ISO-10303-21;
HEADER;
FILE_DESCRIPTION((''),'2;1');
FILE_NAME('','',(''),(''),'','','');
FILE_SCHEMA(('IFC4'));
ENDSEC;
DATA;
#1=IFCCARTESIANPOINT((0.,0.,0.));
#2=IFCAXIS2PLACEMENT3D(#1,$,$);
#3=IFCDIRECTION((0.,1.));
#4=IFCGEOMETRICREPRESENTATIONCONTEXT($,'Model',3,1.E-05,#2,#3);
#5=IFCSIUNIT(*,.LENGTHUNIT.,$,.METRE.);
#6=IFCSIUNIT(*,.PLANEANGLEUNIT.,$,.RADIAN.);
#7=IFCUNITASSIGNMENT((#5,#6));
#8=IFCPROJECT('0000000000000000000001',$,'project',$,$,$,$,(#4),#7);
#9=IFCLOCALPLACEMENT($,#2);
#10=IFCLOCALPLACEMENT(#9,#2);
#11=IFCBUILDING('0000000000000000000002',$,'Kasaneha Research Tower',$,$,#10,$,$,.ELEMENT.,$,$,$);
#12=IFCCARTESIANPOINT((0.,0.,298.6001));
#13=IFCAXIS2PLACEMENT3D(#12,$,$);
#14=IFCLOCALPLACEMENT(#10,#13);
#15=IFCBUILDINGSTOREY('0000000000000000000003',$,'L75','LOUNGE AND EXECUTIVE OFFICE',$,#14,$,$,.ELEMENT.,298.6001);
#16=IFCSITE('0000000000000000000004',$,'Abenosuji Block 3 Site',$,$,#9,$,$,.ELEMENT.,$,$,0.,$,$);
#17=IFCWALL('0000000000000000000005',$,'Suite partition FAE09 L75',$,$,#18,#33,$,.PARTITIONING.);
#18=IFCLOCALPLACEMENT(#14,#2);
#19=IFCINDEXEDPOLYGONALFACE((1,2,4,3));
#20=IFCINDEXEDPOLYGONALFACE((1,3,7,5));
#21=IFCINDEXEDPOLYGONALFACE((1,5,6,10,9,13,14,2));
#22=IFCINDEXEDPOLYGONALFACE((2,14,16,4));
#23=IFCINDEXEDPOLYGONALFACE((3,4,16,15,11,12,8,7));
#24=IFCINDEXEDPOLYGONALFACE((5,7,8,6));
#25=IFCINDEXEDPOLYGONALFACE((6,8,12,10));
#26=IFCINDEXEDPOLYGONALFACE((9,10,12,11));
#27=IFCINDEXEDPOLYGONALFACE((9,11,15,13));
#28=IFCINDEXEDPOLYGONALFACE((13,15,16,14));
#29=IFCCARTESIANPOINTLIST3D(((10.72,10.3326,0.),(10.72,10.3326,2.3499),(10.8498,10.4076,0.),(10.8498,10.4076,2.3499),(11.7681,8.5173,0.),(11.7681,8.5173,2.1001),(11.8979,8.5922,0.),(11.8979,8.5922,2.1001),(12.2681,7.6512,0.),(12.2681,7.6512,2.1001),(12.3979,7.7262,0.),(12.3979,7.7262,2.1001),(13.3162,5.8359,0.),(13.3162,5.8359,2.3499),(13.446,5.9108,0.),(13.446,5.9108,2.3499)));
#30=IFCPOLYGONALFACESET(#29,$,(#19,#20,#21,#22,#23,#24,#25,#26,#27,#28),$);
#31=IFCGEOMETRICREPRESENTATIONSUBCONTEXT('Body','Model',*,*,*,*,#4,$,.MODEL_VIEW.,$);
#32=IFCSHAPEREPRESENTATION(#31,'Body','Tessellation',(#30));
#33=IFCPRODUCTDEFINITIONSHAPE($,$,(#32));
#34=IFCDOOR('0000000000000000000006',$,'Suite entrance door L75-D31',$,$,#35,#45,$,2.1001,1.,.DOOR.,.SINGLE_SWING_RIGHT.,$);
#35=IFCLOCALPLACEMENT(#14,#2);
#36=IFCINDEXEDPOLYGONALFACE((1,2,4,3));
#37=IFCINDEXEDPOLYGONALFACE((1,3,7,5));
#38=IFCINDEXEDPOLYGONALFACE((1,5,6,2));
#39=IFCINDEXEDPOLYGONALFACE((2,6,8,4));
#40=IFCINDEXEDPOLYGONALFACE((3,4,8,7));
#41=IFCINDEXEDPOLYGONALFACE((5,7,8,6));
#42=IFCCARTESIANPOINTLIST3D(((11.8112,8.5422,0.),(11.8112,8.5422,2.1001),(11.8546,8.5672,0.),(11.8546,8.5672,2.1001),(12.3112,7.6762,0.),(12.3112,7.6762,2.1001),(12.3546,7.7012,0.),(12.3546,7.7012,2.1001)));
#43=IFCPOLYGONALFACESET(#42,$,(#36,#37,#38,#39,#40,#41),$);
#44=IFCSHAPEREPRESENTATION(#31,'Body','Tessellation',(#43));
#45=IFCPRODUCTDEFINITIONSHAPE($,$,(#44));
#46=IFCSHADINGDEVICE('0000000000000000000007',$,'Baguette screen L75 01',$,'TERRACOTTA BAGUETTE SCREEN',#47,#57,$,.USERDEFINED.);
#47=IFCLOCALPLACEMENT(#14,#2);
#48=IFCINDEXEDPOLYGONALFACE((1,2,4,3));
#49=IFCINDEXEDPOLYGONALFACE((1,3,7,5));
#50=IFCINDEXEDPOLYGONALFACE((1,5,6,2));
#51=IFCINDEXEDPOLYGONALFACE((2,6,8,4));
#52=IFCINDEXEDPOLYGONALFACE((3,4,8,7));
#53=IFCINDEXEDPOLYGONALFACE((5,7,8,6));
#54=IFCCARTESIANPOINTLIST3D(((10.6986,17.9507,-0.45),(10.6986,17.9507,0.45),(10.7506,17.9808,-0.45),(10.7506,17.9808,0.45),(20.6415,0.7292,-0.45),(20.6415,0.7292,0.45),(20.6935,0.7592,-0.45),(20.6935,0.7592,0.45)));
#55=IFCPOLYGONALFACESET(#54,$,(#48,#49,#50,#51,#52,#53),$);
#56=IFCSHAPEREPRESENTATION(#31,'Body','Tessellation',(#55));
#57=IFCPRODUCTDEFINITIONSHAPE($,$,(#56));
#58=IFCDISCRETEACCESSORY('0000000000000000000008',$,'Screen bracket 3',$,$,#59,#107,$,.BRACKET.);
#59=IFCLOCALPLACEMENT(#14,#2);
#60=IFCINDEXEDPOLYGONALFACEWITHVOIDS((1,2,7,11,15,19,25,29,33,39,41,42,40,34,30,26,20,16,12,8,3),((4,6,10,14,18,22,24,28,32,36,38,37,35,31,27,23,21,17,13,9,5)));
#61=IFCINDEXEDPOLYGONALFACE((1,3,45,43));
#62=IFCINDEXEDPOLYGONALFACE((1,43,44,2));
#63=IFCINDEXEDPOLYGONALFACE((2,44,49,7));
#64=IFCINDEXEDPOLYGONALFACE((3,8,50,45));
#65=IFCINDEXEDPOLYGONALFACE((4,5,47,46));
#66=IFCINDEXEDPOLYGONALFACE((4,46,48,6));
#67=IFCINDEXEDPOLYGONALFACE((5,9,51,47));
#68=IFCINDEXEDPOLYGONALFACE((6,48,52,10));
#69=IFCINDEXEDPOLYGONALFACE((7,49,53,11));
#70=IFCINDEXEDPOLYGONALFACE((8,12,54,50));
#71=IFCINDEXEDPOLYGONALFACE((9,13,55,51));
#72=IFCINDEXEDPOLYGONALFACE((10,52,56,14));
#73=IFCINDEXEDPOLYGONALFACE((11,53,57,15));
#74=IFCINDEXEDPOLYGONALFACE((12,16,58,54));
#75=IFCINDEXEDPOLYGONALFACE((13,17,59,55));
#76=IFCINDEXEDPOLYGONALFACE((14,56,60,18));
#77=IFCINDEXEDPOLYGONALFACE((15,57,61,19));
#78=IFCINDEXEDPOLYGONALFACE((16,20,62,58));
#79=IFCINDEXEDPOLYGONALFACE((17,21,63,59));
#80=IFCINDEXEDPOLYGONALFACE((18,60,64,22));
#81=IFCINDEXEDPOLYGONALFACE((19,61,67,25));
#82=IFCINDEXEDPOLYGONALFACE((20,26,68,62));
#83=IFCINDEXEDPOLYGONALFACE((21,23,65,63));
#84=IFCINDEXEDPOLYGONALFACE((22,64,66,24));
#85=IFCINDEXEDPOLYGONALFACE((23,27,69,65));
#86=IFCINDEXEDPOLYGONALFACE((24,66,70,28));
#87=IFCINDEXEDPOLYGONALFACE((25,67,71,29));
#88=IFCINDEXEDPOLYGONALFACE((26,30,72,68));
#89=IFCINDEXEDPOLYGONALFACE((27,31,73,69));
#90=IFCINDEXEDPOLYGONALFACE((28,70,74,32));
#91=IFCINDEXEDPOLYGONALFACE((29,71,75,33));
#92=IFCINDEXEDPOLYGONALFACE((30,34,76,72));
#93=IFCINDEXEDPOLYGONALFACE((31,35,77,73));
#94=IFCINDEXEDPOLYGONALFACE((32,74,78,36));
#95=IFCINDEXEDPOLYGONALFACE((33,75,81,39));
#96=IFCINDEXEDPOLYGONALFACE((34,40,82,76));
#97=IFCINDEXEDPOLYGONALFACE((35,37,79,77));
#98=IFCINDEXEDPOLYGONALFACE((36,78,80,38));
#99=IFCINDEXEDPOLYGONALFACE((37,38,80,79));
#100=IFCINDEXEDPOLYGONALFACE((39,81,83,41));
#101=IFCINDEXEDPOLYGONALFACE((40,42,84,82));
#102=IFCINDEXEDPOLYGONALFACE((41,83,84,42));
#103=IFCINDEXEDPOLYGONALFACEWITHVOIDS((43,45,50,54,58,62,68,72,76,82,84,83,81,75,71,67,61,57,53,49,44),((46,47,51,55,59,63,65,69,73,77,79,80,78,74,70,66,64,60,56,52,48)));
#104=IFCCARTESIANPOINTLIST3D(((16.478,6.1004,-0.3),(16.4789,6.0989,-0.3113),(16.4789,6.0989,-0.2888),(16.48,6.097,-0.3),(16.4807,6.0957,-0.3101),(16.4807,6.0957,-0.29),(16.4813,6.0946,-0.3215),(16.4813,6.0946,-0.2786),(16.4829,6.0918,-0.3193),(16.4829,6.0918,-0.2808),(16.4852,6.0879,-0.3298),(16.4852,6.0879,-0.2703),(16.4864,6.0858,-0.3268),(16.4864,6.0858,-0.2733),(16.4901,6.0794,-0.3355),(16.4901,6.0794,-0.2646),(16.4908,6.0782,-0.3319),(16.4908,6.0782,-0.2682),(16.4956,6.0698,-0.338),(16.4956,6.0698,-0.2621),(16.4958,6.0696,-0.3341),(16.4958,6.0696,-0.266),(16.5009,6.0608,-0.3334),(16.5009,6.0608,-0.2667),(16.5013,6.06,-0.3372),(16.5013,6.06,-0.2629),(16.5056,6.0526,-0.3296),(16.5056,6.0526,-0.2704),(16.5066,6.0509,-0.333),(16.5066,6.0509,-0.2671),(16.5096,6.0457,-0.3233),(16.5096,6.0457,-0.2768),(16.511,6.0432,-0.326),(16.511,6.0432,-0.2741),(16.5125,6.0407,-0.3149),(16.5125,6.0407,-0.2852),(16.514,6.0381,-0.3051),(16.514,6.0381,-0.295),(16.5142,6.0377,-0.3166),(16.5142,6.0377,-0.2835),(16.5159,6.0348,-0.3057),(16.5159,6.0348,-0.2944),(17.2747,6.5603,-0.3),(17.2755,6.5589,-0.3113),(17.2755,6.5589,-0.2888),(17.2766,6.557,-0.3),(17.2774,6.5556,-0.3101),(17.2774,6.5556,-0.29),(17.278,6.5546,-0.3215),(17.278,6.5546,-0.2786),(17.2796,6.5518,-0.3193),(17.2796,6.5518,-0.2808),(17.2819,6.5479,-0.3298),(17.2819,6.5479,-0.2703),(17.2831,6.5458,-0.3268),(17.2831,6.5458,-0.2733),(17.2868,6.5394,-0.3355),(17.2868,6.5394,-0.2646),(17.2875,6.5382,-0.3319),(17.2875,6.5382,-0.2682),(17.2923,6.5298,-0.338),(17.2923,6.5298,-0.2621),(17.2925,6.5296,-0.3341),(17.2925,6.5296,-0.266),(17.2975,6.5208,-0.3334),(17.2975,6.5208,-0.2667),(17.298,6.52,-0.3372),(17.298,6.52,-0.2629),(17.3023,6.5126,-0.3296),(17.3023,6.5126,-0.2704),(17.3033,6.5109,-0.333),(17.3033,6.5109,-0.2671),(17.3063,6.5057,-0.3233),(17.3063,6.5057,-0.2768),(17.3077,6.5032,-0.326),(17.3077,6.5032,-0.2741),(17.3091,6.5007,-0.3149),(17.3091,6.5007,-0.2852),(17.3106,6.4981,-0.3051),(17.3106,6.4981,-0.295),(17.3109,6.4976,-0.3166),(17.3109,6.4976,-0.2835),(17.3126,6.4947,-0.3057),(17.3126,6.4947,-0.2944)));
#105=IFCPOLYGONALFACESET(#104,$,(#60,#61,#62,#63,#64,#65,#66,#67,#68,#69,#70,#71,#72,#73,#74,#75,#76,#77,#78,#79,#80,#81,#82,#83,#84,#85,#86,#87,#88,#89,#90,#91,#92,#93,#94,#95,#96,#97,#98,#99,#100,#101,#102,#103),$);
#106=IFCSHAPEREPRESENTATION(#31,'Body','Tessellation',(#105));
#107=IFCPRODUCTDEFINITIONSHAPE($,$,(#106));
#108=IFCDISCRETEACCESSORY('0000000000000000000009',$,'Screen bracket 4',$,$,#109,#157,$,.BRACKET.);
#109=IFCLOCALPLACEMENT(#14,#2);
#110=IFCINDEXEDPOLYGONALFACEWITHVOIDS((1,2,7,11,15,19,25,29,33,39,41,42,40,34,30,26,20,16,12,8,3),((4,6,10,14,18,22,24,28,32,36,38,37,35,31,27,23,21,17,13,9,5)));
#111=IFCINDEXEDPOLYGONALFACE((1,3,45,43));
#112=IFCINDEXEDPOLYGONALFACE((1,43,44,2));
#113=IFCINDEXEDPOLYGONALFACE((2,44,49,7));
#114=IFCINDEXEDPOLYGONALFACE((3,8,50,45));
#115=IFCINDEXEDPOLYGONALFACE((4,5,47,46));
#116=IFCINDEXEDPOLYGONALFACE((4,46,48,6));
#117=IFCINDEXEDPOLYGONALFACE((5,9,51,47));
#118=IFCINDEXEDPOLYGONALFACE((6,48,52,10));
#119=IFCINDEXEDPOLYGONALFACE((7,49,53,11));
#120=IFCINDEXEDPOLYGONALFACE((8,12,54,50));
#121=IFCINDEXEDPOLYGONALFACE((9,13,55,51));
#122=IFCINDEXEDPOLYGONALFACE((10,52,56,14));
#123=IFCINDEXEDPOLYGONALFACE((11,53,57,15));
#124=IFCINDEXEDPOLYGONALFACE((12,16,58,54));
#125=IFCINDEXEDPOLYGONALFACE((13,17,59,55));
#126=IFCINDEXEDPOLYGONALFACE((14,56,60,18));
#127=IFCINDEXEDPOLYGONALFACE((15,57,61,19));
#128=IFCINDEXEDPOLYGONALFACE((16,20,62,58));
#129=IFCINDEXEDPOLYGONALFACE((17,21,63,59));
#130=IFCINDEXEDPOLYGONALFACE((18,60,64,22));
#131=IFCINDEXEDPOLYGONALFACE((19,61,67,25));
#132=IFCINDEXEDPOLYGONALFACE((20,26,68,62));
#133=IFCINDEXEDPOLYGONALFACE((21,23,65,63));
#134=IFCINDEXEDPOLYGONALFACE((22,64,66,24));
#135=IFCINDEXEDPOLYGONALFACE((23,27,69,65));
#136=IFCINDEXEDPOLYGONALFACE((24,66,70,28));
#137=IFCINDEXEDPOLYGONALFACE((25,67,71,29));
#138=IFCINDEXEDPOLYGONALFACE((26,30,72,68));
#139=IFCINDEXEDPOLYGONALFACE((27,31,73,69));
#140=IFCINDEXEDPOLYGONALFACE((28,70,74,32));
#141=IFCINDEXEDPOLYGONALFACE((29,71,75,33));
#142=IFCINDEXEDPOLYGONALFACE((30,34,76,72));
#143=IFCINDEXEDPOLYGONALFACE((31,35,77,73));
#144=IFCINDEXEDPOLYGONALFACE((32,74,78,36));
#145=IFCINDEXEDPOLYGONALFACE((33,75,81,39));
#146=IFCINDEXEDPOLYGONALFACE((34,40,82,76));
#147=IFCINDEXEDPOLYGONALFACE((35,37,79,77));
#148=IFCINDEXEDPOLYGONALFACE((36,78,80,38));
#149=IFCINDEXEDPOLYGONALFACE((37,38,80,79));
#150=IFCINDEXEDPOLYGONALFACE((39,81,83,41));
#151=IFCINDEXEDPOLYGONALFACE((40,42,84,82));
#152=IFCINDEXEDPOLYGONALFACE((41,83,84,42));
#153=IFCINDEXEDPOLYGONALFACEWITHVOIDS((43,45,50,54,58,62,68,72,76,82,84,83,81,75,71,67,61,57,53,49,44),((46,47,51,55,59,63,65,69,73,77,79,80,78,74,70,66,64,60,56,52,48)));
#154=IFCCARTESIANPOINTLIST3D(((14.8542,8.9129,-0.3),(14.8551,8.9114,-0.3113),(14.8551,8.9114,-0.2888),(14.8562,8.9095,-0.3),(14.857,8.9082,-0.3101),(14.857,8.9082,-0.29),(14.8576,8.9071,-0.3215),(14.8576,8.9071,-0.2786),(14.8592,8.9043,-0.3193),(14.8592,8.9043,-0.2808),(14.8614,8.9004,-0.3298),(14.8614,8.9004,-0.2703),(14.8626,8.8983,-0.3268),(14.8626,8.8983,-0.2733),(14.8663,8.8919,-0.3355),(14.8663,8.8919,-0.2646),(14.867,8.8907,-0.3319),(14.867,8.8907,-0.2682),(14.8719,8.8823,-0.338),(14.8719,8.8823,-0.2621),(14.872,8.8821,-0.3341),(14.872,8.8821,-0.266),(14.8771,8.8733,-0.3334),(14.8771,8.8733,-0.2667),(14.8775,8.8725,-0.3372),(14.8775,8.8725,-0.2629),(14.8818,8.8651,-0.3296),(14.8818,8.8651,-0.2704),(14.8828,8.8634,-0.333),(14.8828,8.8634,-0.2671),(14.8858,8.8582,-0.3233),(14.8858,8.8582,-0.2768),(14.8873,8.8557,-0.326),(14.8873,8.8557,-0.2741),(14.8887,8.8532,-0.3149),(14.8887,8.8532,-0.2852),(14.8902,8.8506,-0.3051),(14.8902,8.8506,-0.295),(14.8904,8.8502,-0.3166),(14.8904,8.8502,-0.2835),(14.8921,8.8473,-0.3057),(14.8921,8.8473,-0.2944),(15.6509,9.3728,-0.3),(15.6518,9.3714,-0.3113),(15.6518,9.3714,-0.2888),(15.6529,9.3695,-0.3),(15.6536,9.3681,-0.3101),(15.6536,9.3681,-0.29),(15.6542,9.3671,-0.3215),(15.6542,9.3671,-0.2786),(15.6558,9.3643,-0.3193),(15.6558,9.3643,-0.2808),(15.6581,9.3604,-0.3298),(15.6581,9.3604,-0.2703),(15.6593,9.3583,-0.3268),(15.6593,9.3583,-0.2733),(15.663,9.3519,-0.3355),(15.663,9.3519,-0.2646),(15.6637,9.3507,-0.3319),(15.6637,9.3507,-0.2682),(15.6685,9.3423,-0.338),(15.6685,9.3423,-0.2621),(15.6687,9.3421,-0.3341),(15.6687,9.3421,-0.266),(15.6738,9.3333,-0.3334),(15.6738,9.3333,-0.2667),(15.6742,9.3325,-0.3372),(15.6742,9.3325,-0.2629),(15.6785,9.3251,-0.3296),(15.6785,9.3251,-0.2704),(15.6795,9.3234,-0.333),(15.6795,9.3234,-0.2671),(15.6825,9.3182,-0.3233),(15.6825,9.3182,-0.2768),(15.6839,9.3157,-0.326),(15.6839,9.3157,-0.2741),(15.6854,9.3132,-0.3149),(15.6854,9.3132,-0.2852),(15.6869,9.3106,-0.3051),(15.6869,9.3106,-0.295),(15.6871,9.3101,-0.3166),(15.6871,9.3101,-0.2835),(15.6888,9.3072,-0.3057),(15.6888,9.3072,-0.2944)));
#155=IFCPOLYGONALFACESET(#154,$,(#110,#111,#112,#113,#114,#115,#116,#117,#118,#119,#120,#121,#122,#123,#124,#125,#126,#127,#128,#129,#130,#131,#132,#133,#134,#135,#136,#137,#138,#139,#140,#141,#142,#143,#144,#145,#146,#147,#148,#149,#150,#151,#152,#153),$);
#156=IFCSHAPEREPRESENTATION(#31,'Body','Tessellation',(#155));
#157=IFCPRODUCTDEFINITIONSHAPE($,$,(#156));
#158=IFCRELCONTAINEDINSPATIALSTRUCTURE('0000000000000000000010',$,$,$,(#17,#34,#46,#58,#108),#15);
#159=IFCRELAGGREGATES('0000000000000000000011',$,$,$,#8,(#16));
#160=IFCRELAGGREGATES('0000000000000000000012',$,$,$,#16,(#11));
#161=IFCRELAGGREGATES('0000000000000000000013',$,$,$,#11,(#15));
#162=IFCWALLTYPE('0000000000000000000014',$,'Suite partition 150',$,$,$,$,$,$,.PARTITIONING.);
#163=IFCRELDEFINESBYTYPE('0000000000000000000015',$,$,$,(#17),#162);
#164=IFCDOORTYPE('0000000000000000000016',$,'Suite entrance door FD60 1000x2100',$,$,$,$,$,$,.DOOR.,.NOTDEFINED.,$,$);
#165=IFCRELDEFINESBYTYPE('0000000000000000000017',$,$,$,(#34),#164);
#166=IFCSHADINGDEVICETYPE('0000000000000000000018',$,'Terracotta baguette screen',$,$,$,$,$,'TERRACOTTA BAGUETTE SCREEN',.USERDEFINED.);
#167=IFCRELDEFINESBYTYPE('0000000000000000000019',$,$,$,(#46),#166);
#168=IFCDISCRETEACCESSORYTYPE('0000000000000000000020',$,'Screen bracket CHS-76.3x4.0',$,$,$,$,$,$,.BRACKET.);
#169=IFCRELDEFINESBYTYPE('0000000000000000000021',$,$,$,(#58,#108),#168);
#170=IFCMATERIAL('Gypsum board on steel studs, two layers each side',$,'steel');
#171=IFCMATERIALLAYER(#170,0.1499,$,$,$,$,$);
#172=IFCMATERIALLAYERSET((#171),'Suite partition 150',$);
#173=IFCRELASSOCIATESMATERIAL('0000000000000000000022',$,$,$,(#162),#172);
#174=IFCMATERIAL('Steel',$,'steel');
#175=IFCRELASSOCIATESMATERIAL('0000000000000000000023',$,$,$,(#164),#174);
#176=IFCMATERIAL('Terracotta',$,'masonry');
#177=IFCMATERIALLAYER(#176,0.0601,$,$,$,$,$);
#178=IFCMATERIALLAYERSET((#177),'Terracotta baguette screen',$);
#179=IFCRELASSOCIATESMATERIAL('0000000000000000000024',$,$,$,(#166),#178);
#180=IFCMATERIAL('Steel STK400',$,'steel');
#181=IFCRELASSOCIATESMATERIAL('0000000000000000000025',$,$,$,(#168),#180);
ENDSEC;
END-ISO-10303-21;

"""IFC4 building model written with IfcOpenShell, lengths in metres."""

from ifc_helpers import new_model, si_unit, direction, frame, frame_2d, origin, origin_2d, place, context, subcontext, project, spatial, rectangle, hollow_circle, extrude, material, layer, layer_set, material_profile, profile_set, type_object, element, fill, save


model = new_model("IFC4")

# Units and contexts
model_context = context("Model", 3, precision=1e-05, world=origin(), true_north=direction((0.0, 1.0)))
body_context = subcontext(model_context, "Body", "Model", "MODEL_VIEW")
ifc_project = project(units=[si_unit("LENGTHUNIT", "METRE"), si_unit("PLANEANGLEUNIT", "RADIAN")], contexts=[model_context])

# Site, building, storey
site_placement = place(None, origin())
site = spatial("IfcSite", under=ifc_project, at=site_placement, Name="Abenosuji Block 3 Site", CompositionType="ELEMENT", RefElevation=0.0)
building_placement = place(site_placement, origin())
building = spatial("IfcBuilding", under=site, at=building_placement, Name="Kasaneha Research Tower", CompositionType="ELEMENT")
storey_placement = place(building_placement, frame((0.0, 0.0, 298.6001)))
storey = spatial("IfcBuildingStorey", under=building, at=storey_placement, Name="L75", Description="LOUNGE AND EXECUTIVE OFFICE", CompositionType="ELEMENT", Elevation=298.6001)

# Wall, opening, door
ifc_material_1 = material(Name="Gypsum board on steel studs, two layers each side", Category="steel")
ifc_layer_1 = layer(ifc_material_1, 0.1499)
ifc_layer_set_1 = layer_set([ifc_layer_1], Name="Suite partition 150")
wall_type_1 = type_object("IfcWallType", Name="Suite partition 150", PredefinedType="PARTITIONING", material=ifc_layer_set_1)
wall_1_placement = place(storey_placement, frame((10.7849, 10.3701, 0.0), z_axis=(0.0, 0.0, 1.0), x_axis=(0.499992, -0.86603, 0.0)))
wall_1 = element("IfcWall", 1, at=wall_1_placement, inside=storey, type_object=wall_type_1, Name="Suite partition FAE09 L75", PredefinedType="PARTITIONING", context=body_context, shape_type="SweptSolid", body=[
    extrude(rectangle(XDim=5.1924, YDim=0.1499, at=frame_2d((2.5962, 0.0))), origin(), (0.0, 0.0, 1.0), 2.3499),
])
opening_1_placement = place(wall_1_placement, frame((2.0962, 0.0, 0.0)))
opening_1 = element("IfcOpeningElement", 2, at=opening_1_placement, cuts=wall_1, PredefinedType="OPENING", context=body_context, shape_type="SweptSolid", body=[
    extrude(rectangle(XDim=1.0, YDim=2.1001, at=frame_2d((0.5, 1.05))), frame((0.0, 0.085, 0.0), z_axis=(0.0, -1.0, 0.0), x_axis=(1.0, 0.0, 0.0)), (0.0, 0.0, 1.0), 0.1699),
])
ifc_material_2 = material(Name="Steel", Category="steel")
door_type_1 = type_object("IfcDoorType", Name="Suite entrance door FD60 1000x2100", OperationType="NOTDEFINED", PredefinedType="DOOR", material=ifc_material_2)
door_1_placement = place(opening_1_placement, origin())
door_1 = element("IfcDoor", 3, at=door_1_placement, inside=storey, type_object=door_type_1, Name="Suite entrance door L75-D31", OperationType="SINGLE_SWING_RIGHT", OverallHeight=2.1001, OverallWidth=1.0, PredefinedType="DOOR", context=body_context, shape_type="SweptSolid", body=[
    extrude(rectangle(XDim=1.0, YDim=2.1001, at=frame_2d((0.5, 1.05))), frame((0.0, 0.0249, 0.0), z_axis=(0.0, -1.0, 0.0), x_axis=(1.0, 0.0, 0.0)), (0.0, 0.0, 1.0), 0.05),
])
fill(opening_1, door_1)

# Shading device
ifc_material_3 = material(Name="Terracotta", Category="masonry")
ifc_layer_2 = layer(ifc_material_3, 0.0601)
ifc_layer_set_2 = layer_set([ifc_layer_2], Name="Terracotta baguette screen")
shading_device_type = type_object("IfcShadingDeviceType", Name="Terracotta baguette screen", ElementType="TERRACOTTA BAGUETTE SCREEN", PredefinedType="USERDEFINED", material=ifc_layer_set_2)
shading_device_placement = place(storey_placement, frame((15.696, 9.355, -0.45), z_axis=(0.0, 0.0, 1.0), x_axis=(-0.5, 0.866025, 0.0)))
element("IfcShadingDevice", 4, at=shading_device_placement, inside=storey, type_object=shading_device_type, Name="Baguette screen L75 01", ObjectType="TERRACOTTA BAGUETTE SCREEN", PredefinedType="USERDEFINED", context=body_context, shape_type="SweptSolid", body=[
    extrude(rectangle(XDim=19.8857, YDim=0.0601, at=origin_2d()), origin(), (0.0, 0.0, 1.0), 0.8999),
])

# Discrete accessories
ifc_material_4 = material(Name="Steel STK400", Category="steel")
ifc_material_profile_1 = material_profile(ifc_material_4, hollow_circle(Radius=0.0381, WallThickness=0.0039, at=origin_2d()), Name="CHS-76.3x4.0")
ifc_profile_set_1 = profile_set([ifc_material_profile_1], Name="Steel STK400")
discrete_accessory_type = type_object("IfcDiscreteAccessoryType", Name="Screen bracket CHS-76.3x4.0", PredefinedType="BRACKET", material=ifc_profile_set_1)
for number, where, z_axis, x_axis, name in (
    (5, (16.4971, 6.0674, -0.3), (0.866013, 0.500021, 0.0), (-0.500021, 0.866013, 0.0), "Screen bracket 3"),
    (6, (14.8733, 8.8799, -0.3), (0.866013, 0.500021, 0.0), (-0.500021, 0.866013, 0.0), "Screen bracket 4"),
):
    element("IfcDiscreteAccessory", number, at=place(storey_placement, frame(where, z_axis=z_axis, x_axis=x_axis)), inside=storey, type_object=discrete_accessory_type, Name=name, PredefinedType="BRACKET", context=body_context, shape_type="SweptSolid", body=[
        extrude(hollow_circle(Radius=0.0381, WallThickness=0.0039, at=origin_2d()), origin(), (0.0, 0.0, 1.0), 0.9199),
    ])

save(model, "model.ifc")
